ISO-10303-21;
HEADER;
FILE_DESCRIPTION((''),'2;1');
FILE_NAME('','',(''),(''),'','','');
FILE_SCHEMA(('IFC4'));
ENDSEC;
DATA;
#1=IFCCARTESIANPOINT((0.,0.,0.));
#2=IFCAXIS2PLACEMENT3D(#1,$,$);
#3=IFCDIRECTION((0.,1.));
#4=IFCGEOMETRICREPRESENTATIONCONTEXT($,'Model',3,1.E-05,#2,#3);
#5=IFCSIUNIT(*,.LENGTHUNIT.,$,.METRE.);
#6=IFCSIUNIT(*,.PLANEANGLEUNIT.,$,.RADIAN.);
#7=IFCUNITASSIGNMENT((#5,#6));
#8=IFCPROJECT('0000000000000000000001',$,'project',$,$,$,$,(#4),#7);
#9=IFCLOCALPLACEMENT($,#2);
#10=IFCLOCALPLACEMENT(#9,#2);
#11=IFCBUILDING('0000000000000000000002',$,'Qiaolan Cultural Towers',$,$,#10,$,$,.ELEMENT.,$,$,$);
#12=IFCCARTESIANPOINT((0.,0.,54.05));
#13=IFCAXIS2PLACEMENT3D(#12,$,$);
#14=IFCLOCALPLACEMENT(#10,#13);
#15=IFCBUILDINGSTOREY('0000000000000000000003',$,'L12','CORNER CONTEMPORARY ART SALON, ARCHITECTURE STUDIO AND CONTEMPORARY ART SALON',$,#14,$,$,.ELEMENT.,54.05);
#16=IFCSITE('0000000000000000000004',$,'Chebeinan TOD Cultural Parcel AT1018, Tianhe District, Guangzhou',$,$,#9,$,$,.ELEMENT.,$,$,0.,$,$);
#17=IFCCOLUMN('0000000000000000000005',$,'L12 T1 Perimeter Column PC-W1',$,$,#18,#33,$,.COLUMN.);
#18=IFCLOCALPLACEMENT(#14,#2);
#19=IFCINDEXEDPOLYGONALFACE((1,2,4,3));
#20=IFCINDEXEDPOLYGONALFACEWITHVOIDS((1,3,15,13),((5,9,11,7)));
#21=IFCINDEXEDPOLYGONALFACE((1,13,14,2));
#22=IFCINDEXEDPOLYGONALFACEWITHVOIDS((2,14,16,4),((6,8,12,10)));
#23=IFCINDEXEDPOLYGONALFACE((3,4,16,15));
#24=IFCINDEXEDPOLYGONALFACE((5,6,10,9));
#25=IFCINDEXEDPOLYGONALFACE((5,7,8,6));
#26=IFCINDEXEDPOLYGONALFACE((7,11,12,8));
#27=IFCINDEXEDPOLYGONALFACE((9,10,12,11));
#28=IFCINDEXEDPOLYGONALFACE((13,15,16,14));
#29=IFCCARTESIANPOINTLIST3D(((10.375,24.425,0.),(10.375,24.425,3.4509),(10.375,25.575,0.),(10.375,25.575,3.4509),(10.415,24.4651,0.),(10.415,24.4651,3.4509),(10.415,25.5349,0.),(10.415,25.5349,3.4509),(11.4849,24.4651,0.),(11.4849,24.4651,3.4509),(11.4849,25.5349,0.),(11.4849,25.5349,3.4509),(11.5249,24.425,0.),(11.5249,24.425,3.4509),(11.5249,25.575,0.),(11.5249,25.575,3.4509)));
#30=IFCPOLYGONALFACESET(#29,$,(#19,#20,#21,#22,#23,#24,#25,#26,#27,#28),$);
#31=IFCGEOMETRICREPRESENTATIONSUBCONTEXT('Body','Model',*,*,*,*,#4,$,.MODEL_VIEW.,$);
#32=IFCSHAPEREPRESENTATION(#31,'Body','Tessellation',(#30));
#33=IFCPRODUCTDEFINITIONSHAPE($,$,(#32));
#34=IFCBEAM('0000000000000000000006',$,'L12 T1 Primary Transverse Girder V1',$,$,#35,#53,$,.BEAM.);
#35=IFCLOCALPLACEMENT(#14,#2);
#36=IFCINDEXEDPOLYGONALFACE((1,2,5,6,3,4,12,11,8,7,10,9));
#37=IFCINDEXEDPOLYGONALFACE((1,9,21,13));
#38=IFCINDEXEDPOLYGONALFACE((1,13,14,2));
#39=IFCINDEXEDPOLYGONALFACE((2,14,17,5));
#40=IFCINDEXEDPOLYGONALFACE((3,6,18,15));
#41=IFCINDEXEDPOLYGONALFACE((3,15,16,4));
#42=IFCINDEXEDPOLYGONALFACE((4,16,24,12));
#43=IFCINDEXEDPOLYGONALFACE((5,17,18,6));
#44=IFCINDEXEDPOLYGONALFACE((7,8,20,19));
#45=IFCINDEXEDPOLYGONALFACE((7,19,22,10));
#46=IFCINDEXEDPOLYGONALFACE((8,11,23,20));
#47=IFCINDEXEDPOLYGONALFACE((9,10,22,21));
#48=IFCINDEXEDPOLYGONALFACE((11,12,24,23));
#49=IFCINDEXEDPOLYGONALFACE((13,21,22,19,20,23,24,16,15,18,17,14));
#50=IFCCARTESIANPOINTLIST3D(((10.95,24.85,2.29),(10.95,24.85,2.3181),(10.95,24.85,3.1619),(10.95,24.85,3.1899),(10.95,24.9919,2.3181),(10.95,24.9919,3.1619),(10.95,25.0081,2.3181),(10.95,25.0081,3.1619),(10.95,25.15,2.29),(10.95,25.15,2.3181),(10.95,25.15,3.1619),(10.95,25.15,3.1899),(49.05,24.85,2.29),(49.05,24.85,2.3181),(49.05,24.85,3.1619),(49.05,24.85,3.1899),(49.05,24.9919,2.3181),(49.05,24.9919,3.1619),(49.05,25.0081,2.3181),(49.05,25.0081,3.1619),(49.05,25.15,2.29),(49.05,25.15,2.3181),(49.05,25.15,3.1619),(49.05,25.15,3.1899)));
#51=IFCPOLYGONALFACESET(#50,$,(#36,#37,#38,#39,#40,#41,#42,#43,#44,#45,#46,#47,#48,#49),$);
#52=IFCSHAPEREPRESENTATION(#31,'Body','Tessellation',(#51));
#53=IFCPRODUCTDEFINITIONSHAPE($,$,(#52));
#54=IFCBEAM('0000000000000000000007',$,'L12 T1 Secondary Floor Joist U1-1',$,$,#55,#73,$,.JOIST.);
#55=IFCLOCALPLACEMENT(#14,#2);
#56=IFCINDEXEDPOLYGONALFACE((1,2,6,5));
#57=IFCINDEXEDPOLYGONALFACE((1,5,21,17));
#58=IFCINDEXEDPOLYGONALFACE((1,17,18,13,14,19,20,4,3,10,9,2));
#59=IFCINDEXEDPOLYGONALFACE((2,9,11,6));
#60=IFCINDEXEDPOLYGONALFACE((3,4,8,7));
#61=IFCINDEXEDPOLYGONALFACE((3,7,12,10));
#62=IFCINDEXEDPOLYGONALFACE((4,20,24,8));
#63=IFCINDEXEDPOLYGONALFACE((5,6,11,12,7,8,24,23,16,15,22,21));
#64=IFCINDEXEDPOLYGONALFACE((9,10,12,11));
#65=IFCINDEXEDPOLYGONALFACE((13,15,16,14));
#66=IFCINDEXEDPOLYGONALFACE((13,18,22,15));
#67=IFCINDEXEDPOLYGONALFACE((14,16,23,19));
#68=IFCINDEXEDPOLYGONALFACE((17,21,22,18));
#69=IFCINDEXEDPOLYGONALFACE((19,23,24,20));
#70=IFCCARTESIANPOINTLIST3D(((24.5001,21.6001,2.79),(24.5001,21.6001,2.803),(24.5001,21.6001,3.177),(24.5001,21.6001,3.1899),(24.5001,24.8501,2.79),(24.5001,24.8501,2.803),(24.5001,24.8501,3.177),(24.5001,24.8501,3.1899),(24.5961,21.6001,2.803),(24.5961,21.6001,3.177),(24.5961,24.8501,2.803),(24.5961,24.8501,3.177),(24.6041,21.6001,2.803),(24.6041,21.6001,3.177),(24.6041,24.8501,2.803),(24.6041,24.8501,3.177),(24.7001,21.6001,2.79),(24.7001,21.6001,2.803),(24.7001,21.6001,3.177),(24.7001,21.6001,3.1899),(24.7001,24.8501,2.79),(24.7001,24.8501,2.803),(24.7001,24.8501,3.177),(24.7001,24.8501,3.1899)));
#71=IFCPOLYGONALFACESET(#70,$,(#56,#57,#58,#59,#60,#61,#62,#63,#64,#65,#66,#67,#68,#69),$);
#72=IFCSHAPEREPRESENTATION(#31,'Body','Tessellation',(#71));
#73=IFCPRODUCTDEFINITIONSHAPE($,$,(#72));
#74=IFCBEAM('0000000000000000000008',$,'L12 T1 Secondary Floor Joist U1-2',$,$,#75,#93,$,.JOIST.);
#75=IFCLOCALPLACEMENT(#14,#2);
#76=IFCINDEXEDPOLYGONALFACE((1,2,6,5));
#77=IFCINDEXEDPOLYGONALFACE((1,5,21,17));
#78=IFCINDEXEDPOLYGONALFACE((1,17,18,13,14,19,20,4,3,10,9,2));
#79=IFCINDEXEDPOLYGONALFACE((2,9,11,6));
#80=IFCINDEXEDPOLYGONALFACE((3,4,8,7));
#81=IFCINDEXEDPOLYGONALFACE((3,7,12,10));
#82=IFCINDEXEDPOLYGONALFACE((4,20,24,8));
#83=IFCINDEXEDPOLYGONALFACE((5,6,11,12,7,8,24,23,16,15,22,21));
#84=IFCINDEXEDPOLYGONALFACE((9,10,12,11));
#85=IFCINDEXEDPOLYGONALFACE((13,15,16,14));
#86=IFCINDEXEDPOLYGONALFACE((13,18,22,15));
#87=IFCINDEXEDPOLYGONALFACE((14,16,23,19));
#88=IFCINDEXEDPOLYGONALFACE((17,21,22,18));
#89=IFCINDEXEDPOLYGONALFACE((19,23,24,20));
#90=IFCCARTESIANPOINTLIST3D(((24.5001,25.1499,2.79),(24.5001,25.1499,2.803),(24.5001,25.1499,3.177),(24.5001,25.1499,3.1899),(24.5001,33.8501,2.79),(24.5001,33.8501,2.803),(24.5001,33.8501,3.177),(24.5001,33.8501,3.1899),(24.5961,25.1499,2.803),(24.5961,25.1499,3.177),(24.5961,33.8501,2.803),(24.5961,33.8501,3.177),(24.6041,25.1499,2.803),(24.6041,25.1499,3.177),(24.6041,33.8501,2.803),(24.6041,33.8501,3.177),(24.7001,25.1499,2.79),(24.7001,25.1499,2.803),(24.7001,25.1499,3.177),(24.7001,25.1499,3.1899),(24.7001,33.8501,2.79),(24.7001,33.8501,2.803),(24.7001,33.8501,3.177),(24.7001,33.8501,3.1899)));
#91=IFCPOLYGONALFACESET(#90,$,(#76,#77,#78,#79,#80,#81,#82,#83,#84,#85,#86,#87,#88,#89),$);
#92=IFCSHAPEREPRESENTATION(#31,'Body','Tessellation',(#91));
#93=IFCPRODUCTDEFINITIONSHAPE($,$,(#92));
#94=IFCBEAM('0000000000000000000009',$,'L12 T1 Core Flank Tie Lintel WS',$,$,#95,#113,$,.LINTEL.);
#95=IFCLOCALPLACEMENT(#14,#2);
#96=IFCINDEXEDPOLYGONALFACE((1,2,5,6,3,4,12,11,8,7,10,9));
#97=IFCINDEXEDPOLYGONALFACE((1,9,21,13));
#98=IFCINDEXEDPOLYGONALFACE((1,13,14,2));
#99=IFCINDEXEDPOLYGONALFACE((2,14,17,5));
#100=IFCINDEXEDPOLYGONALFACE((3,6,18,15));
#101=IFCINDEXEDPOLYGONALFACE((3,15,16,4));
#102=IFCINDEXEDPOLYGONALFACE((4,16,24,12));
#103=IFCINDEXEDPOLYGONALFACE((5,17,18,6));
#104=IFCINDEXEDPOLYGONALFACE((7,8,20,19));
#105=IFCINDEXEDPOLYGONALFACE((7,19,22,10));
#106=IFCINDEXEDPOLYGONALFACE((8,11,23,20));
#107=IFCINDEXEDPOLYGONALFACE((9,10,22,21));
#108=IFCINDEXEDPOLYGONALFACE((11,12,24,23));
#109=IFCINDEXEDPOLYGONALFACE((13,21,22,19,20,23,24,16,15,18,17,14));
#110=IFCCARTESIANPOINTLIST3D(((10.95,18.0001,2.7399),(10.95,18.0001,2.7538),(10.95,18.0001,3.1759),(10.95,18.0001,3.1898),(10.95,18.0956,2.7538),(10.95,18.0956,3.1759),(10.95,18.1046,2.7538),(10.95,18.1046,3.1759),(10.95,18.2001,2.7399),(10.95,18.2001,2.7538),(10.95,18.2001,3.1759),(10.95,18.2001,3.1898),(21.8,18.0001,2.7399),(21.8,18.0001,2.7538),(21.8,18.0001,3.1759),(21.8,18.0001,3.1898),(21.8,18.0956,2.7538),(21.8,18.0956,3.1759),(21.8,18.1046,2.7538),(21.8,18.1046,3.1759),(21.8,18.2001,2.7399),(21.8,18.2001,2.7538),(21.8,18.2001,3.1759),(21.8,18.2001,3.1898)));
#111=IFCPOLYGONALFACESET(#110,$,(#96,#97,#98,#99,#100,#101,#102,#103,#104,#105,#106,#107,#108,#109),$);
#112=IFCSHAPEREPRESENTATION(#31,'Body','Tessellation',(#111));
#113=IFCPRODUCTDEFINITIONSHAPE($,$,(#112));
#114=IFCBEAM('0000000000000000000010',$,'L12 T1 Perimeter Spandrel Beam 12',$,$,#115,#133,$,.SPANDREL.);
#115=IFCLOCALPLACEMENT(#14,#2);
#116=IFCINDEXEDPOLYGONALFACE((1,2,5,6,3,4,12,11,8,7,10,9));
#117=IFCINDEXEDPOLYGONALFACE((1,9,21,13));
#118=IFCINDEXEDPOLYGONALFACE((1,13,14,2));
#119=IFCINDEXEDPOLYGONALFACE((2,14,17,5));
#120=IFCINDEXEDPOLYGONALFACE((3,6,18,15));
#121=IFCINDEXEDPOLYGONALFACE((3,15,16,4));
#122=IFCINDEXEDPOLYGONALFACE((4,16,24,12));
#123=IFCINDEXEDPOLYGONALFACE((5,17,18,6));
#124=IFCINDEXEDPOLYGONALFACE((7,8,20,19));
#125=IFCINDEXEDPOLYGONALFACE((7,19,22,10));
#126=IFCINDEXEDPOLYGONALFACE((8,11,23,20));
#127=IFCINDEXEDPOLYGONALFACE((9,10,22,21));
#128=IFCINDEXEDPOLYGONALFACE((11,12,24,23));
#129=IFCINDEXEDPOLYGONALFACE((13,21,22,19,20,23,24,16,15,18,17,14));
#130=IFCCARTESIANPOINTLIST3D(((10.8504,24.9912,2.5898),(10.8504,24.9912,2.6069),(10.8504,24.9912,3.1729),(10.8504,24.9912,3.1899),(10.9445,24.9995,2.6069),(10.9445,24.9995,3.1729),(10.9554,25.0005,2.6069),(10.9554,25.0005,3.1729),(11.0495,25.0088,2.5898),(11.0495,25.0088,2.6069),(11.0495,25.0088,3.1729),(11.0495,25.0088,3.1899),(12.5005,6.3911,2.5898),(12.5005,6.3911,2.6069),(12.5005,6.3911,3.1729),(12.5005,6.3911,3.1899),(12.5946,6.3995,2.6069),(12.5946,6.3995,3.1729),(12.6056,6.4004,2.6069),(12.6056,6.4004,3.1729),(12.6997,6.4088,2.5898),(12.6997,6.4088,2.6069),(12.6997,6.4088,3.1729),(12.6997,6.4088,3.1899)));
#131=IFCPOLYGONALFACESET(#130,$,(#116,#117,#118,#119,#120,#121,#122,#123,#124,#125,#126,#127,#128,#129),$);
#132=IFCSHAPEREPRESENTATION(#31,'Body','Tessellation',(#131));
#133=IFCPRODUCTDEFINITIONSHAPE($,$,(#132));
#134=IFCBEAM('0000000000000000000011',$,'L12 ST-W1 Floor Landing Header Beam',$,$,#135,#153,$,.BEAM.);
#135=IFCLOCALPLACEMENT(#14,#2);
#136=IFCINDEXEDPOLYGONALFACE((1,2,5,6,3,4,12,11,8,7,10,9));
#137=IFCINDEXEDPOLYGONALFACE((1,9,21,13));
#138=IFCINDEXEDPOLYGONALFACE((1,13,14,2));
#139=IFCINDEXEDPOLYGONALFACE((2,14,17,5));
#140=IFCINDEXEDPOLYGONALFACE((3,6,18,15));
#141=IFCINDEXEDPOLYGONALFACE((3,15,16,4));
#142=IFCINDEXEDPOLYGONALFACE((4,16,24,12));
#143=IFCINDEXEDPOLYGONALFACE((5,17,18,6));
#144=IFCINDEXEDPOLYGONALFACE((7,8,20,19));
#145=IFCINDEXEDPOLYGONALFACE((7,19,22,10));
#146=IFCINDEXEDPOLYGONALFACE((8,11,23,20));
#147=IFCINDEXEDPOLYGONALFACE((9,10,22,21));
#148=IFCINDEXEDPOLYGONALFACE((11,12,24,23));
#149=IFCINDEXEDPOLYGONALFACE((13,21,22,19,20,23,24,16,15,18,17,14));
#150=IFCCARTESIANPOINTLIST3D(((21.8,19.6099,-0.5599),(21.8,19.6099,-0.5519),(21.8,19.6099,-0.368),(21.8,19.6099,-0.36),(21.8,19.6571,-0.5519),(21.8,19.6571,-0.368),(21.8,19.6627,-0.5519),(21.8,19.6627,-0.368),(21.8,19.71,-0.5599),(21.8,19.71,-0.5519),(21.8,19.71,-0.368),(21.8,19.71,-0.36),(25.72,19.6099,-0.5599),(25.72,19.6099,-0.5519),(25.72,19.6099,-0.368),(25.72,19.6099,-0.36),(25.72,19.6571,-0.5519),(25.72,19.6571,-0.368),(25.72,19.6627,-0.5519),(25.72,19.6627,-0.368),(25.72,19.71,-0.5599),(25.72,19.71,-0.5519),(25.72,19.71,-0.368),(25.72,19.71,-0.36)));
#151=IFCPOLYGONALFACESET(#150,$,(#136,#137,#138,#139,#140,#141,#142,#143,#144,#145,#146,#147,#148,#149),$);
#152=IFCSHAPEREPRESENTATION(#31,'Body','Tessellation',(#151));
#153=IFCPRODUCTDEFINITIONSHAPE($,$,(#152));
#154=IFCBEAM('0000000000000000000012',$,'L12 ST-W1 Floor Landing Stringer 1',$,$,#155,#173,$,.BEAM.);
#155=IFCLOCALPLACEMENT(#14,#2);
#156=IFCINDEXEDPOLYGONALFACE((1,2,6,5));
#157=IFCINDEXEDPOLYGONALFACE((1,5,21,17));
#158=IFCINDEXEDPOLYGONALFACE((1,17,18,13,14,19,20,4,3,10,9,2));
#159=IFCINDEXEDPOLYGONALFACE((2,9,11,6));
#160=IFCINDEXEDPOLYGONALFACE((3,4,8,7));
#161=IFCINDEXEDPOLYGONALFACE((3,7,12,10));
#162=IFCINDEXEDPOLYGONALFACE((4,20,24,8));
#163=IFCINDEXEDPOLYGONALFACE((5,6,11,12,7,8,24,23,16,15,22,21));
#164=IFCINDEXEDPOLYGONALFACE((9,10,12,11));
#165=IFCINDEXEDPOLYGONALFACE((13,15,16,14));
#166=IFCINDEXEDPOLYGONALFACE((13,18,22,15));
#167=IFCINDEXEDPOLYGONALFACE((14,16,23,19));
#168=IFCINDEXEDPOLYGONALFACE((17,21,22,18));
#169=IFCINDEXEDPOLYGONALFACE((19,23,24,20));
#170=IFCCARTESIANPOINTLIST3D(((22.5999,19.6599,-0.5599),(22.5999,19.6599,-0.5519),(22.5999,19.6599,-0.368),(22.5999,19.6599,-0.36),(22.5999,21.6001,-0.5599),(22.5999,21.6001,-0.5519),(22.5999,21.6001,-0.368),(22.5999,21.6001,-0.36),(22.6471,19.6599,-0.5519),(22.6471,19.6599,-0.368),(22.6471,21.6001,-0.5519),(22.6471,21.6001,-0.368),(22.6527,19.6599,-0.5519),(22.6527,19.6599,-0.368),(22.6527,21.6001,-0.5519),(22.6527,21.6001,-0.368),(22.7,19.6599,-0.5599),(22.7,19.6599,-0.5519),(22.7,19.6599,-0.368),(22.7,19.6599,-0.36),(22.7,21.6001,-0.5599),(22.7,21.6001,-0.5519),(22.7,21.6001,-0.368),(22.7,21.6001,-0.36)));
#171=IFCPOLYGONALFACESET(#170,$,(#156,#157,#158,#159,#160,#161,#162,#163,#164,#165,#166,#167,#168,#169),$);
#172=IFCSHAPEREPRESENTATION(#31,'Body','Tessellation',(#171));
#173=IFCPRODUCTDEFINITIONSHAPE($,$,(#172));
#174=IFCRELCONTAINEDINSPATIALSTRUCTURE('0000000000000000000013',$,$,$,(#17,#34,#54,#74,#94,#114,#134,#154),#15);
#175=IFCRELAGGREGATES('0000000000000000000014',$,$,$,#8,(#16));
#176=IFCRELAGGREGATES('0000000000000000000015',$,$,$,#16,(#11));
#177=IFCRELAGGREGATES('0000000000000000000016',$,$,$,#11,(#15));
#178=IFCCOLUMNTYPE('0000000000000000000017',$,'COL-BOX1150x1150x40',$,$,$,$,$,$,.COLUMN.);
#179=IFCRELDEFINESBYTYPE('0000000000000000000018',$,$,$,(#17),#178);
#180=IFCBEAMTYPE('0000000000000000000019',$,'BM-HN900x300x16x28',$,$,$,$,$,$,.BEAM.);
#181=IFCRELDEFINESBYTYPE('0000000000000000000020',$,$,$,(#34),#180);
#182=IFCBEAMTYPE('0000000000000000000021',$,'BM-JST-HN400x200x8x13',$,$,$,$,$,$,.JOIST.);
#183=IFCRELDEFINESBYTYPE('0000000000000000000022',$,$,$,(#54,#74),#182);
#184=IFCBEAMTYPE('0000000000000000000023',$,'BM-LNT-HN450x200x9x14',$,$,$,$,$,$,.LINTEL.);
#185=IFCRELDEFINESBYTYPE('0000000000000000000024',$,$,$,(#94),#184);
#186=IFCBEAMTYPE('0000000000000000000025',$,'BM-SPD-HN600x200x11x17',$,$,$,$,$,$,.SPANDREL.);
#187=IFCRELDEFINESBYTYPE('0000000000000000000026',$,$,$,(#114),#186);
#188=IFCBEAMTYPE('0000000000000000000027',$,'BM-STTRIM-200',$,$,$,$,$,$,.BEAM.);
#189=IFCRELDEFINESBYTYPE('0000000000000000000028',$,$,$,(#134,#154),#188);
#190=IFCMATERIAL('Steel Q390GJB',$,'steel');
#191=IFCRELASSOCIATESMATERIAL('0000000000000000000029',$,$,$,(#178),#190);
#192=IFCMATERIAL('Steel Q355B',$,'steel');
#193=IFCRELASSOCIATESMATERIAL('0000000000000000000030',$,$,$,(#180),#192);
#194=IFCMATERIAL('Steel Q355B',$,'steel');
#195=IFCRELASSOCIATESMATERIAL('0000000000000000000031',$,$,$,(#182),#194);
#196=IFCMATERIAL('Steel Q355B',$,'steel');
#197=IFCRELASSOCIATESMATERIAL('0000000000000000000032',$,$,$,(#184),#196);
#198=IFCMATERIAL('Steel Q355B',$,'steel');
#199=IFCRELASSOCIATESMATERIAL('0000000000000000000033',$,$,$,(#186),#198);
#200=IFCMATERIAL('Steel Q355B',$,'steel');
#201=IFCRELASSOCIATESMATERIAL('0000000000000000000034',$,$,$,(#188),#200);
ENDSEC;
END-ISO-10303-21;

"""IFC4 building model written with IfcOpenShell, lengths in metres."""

from ifc_helpers import new_model, si_unit, direction, frame, origin, origin_2d, place, context, subcontext, project, spatial, hollow_rectangle, i_section, extrude, material, material_profile, profile_set, type_object, element, save


model = new_model("IFC4")

# Units and contexts
model_context = context("Model", 3, precision=1e-05, world=origin(), true_north=direction((0.0, 1.0)))
body_context = subcontext(model_context, "Body", "Model", "MODEL_VIEW")
ifc_project = project(units=[si_unit("LENGTHUNIT", "METRE"), si_unit("PLANEANGLEUNIT", "RADIAN")], contexts=[model_context])

# Site, building, storey
site_placement = place(None, origin())
site = spatial("IfcSite", under=ifc_project, at=site_placement, Name="Chebeinan TOD Cultural Parcel AT1018, Tianhe District, Guangzhou", CompositionType="ELEMENT", RefElevation=0.0)
building_placement = place(site_placement, origin())
building = spatial("IfcBuilding", under=site, at=building_placement, Name="Qiaolan Cultural Towers", CompositionType="ELEMENT")
storey_placement = place(building_placement, frame((0.0, 0.0, 54.05)))
storey = spatial("IfcBuildingStorey", under=building, at=storey_placement, Name="L12", Description="CORNER CONTEMPORARY ART SALON, ARCHITECTURE STUDIO AND CONTEMPORARY ART SALON", CompositionType="ELEMENT", Elevation=54.05)

# Column
ifc_material_1 = material(Name="Steel Q390GJB", Category="steel")
ifc_material_profile_1 = material_profile(ifc_material_1, hollow_rectangle(XDim=1.1499, YDim=1.1499, WallThickness=0.04, at=origin_2d()), Name="BOX1150x1150x40")
ifc_profile_set_1 = profile_set([ifc_material_profile_1], Name="Steel Q390GJB")
column_type = type_object("IfcColumnType", Name="COL-BOX1150x1150x40", PredefinedType="COLUMN", material=ifc_profile_set_1)
column_placement = place(storey_placement, frame((10.95, 25.0, 0.0), z_axis=(0.0, 0.0, 1.0), x_axis=(1.0, 0.0, 0.0)))
element("IfcColumn", 1, at=column_placement, inside=storey, type_object=column_type, Name="L12 T1 Perimeter Column PC-W1", PredefinedType="COLUMN", context=body_context, shape_type="SweptSolid", body=[
    extrude(hollow_rectangle(XDim=1.1499, YDim=1.1499, WallThickness=0.04, at=origin_2d()), origin(), (0.0, 0.0, 1.0), 3.4509),
])

# Beams
ifc_material_2 = material(Name="Steel Q355B", Category="steel")
ifc_material_profile_2 = material_profile(ifc_material_2, i_section(OverallWidth=0.3, OverallDepth=0.8999, WebThickness=0.0161, FlangeThickness=0.0281, at=origin_2d()), Name="HN900x300x16x28")
ifc_profile_set_2 = profile_set([ifc_material_profile_2], Name="Steel Q355B")
beam_type_1 = type_object("IfcBeamType", Name="BM-HN900x300x16x28", PredefinedType="BEAM", material=ifc_profile_set_2)
beam_1_placement = place(storey_placement, frame((10.95, 25.0, 2.74), z_axis=(1.0, 0.0, 0.0), x_axis=(0.0, 1.0, 0.0)))
element("IfcBeam", 2, at=beam_1_placement, inside=storey, type_object=beam_type_1, Name="L12 T1 Primary Transverse Girder V1", PredefinedType="BEAM", context=body_context, shape_type="SweptSolid", body=[
    extrude(i_section(OverallWidth=0.3, OverallDepth=0.8999, WebThickness=0.0161, FlangeThickness=0.0281, at=origin_2d()), origin(), (0.0, 0.0, 1.0), 38.1001),
])
ifc_material_3 = material(Name="Steel Q355B", Category="steel")
ifc_material_profile_3 = material_profile(ifc_material_3, i_section(OverallWidth=0.2, OverallDepth=0.3999, WebThickness=0.0081, FlangeThickness=0.0129, at=origin_2d()), Name="HN400x200x8x13")
ifc_profile_set_3 = profile_set([ifc_material_profile_3], Name="Steel Q355B")
beam_type_2 = type_object("IfcBeamType", Name="BM-JST-HN400x200x8x13", PredefinedType="JOIST", material=ifc_profile_set_3)
beam_2_placement = place(storey_placement, frame((24.6001, 21.6001, 2.99), z_axis=(0.0, 1.0, 0.0), x_axis=(-1.0, 0.0, 0.0)))
element("IfcBeam", 3, at=beam_2_placement, inside=storey, type_object=beam_type_2, Name="L12 T1 Secondary Floor Joist U1-1", PredefinedType="JOIST", context=body_context, shape_type="SweptSolid", body=[
    extrude(i_section(OverallWidth=0.2, OverallDepth=0.3999, WebThickness=0.0081, FlangeThickness=0.0129, at=origin_2d()), origin(), (0.0, 0.0, 1.0), 3.25),
])
beam_3_placement = place(storey_placement, frame((24.6001, 25.1499, 2.99), z_axis=(0.0, 1.0, 0.0), x_axis=(-1.0, 0.0, 0.0)))
element("IfcBeam", 4, at=beam_3_placement, inside=storey, type_object=beam_type_2, Name="L12 T1 Secondary Floor Joist U1-2", PredefinedType="JOIST", context=body_context, shape_type="SweptSolid", body=[
    extrude(i_section(OverallWidth=0.2, OverallDepth=0.3999, WebThickness=0.0081, FlangeThickness=0.0129, at=origin_2d()), origin(), (0.0, 0.0, 1.0), 8.7002),
])
ifc_material_4 = material(Name="Steel Q355B", Category="steel")
ifc_material_profile_4 = material_profile(ifc_material_4, i_section(OverallWidth=0.2, OverallDepth=0.45, WebThickness=0.009, FlangeThickness=0.0139, at=origin_2d()), Name="HN450x200x9x14")
ifc_profile_set_4 = profile_set([ifc_material_profile_4], Name="Steel Q355B")
beam_type_3 = type_object("IfcBeamType", Name="BM-LNT-HN450x200x9x14", PredefinedType="LINTEL", material=ifc_profile_set_4)
beam_4_placement = place(storey_placement, frame((21.8, 18.1001, 2.9648), z_axis=(-1.0, 0.0, 0.0), x_axis=(0.0, -1.0, 0.0)))
element("IfcBeam", 5, at=beam_4_placement, inside=storey, type_object=beam_type_3, Name="L12 T1 Core Flank Tie Lintel WS", PredefinedType="LINTEL", context=body_context, shape_type="SweptSolid", body=[
    extrude(i_section(OverallWidth=0.2, OverallDepth=0.45, WebThickness=0.009, FlangeThickness=0.0139, at=origin_2d()), origin(), (0.0, 0.0, 1.0), 10.8501),
])
ifc_material_5 = material(Name="Steel Q355B", Category="steel")
ifc_material_profile_5 = material_profile(ifc_material_5, i_section(OverallWidth=0.2, OverallDepth=0.6001, WebThickness=0.011, FlangeThickness=0.0171, at=origin_2d()), Name="HN600x200x11x17")
ifc_profile_set_5 = profile_set([ifc_material_profile_5], Name="Steel Q355B")
beam_type_4 = type_object("IfcBeamType", Name="BM-SPD-HN600x200x11x17", PredefinedType="SPANDREL", material=ifc_profile_set_5)
beam_5_placement = place(storey_placement, frame((10.95, 25.0, 2.8899), z_axis=(0.08837, -0.996088, 0.0), x_axis=(0.996088, 0.08837, 0.0)))
element("IfcBeam", 6, at=beam_5_placement, inside=storey, type_object=beam_type_4, Name="L12 T1 Perimeter Spandrel Beam 12", PredefinedType="SPANDREL", context=body_context, shape_type="SweptSolid", body=[
    extrude(i_section(OverallWidth=0.2, OverallDepth=0.6001, WebThickness=0.011, FlangeThickness=0.0171, at=origin_2d()), origin(), (0.0, 0.0, 1.0), 18.6731),
])
ifc_material_6 = material(Name="Steel Q355B", Category="steel")
ifc_material_profile_6 = material_profile(ifc_material_6, i_section(OverallWidth=0.1001, OverallDepth=0.2, WebThickness=0.0056, FlangeThickness=0.0081, at=origin_2d()), Name="HN200x100x5.5x8")
ifc_profile_set_6 = profile_set([ifc_material_profile_6], Name="Steel Q355B")
beam_type_5 = type_object("IfcBeamType", Name="BM-STTRIM-200", PredefinedType="BEAM", material=ifc_profile_set_6)
beam_6_placement = place(storey_placement, frame((21.8, 19.6599, -0.46), z_axis=(1.0, 0.0, 0.0), x_axis=(0.0, 1.0, 0.0)))
element("IfcBeam", 7, at=beam_6_placement, inside=storey, type_object=beam_type_5, Name="L12 ST-W1 Floor Landing Header Beam", PredefinedType="BEAM", context=body_context, shape_type="SweptSolid", body=[
    extrude(i_section(OverallWidth=0.1001, OverallDepth=0.2, WebThickness=0.0056, FlangeThickness=0.0081, at=origin_2d()), origin(), (0.0, 0.0, 1.0), 3.9199),
])
beam_7_placement = place(storey_placement, frame((22.6499, 21.6001, -0.46), z_axis=(0.0, -1.0, 0.0), x_axis=(1.0, 0.0, 0.0)))
element("IfcBeam", 8, at=beam_7_placement, inside=storey, type_object=beam_type_5, Name="L12 ST-W1 Floor Landing Stringer 1", PredefinedType="BEAM", context=body_context, shape_type="SweptSolid", body=[
    extrude(i_section(OverallWidth=0.1001, OverallDepth=0.2, WebThickness=0.0056, FlangeThickness=0.0081, at=origin_2d()), origin(), (0.0, 0.0, 1.0), 1.9402),
])

save(model, "model.ifc")
